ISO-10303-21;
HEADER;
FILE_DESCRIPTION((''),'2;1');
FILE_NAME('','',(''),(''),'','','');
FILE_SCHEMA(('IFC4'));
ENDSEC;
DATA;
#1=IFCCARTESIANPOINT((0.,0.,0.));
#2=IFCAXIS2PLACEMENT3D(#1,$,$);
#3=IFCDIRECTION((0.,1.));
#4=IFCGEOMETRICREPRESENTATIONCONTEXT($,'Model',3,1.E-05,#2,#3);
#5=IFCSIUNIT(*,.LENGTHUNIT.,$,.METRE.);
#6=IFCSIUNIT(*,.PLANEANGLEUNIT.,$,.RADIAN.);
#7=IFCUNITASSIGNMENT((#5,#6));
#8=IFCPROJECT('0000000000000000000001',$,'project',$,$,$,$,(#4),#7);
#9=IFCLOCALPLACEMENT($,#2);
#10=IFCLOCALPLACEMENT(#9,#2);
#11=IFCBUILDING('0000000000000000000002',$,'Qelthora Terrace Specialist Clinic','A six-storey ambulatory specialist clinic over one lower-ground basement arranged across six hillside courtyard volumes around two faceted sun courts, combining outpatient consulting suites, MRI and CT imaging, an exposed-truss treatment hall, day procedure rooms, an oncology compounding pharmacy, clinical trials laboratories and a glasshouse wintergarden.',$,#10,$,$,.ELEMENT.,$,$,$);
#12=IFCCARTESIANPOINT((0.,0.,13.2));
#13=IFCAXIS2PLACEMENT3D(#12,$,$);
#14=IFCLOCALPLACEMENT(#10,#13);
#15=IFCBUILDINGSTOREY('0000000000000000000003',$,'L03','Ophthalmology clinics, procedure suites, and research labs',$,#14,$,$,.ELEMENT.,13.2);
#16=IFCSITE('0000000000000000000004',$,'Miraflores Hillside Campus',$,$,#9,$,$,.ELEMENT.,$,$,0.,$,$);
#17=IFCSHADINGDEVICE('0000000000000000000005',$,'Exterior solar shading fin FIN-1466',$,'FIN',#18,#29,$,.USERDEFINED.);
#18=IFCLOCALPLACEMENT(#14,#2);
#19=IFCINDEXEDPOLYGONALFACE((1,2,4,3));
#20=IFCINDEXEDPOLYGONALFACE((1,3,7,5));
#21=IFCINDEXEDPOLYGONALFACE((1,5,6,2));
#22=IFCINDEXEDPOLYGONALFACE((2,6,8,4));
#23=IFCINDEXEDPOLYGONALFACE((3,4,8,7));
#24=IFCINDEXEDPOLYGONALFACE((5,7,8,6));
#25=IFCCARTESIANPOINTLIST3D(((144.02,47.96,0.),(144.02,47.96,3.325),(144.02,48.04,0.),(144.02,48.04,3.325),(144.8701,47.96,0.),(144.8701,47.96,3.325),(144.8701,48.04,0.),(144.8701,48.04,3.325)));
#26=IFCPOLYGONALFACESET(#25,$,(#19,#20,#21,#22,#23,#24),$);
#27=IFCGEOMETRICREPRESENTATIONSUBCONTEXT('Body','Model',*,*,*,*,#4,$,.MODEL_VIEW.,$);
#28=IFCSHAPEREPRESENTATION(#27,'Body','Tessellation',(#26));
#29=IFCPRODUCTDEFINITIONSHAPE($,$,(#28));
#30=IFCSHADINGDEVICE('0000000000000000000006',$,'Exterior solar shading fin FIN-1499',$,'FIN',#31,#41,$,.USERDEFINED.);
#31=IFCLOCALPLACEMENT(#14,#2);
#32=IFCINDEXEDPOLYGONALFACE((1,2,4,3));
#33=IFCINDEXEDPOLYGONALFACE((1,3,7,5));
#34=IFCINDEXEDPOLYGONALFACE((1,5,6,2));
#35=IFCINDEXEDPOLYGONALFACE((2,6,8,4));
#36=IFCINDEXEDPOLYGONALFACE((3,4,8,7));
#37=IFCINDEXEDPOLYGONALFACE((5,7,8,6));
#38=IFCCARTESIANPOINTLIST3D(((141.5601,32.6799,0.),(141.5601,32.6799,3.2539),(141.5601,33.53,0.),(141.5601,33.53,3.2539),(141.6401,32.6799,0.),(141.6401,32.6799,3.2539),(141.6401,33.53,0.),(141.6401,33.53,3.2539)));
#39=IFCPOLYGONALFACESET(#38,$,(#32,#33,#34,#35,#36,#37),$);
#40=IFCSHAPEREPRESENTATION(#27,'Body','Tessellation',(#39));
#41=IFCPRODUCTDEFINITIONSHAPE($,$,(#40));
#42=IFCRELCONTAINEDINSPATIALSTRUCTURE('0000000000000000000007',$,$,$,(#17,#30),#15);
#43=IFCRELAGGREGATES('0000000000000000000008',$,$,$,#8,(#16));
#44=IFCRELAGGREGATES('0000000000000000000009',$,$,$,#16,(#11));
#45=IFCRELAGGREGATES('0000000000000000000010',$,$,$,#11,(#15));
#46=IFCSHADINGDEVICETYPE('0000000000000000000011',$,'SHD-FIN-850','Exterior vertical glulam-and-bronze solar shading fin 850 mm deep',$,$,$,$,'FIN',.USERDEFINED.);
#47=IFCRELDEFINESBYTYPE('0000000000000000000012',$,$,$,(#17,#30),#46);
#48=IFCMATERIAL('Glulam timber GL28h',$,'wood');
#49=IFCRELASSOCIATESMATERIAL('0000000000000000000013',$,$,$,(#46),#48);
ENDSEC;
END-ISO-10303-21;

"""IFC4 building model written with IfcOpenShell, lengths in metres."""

from ifc_helpers import new_model, si_unit, direction, frame, origin, origin_2d, place, context, subcontext, project, spatial, rectangle, extrude, material, type_object, element, save


model = new_model("IFC4")

# Units and contexts
model_context = context("Model", 3, precision=1e-05, world=origin(), true_north=direction((0.0, 1.0)))
body_context = subcontext(model_context, "Body", "Model", "MODEL_VIEW")
ifc_project = project(units=[si_unit("LENGTHUNIT", "METRE"), si_unit("PLANEANGLEUNIT", "RADIAN")], contexts=[model_context])

# Site, building, storey
site_placement = place(None, origin())
site = spatial("IfcSite", under=ifc_project, at=site_placement, Name="Miraflores Hillside Campus", CompositionType="ELEMENT", RefElevation=0.0)
building_placement = place(site_placement, origin())
building = spatial("IfcBuilding", under=site, at=building_placement, Name="Qelthora Terrace Specialist Clinic", Description="A six-storey ambulatory specialist clinic over one lower-ground basement arranged across six hillside courtyard volumes around two faceted sun courts, combining outpatient consulting suites, MRI and CT imaging, an exposed-truss treatment hall, day procedure rooms, an oncology compounding pharmacy, clinical trials laboratories and a glasshouse wintergarden.", CompositionType="ELEMENT")
storey_placement = place(building_placement, frame((0.0, 0.0, 13.2)))
storey = spatial("IfcBuildingStorey", under=building, at=storey_placement, Name="L03", Description="Ophthalmology clinics, procedure suites, and research labs", CompositionType="ELEMENT", Elevation=13.2)

# Shading devices
ifc_material_1 = material(Name="Glulam timber GL28h", Category="wood")
shading_device_type = type_object("IfcShadingDeviceType", Name="SHD-FIN-850", Description="Exterior vertical glulam-and-bronze solar shading fin 850 mm deep", ElementType="FIN", PredefinedType="USERDEFINED", material=ifc_material_1)
for number, where, z_axis, x_axis, name in (
    (1, (144.4451, 48.0, 0.0), (0.0, 0.0, 1.0), (1.0, 0.0, 0.0), "Exterior solar shading fin FIN-1466"),
):
    element("IfcShadingDevice", number, at=place(storey_placement, frame(where, z_axis=z_axis, x_axis=x_axis)), inside=storey, type_object=shading_device_type, Name=name, ObjectType="FIN", PredefinedType="USERDEFINED", context=body_context, shape_type="SweptSolid", body=[
        extrude(rectangle(XDim=0.8501, YDim=0.0801, at=origin_2d()), origin(), (0.0, 0.0, 1.0), 3.325),
    ])
shading_device_placement = place(storey_placement, frame((141.6001, 33.105, 0.0), z_axis=(0.0, 0.0, 1.0), x_axis=(0.0, -1.0, 0.0)))
element("IfcShadingDevice", 2, at=shading_device_placement, inside=storey, type_object=shading_device_type, Name="Exterior solar shading fin FIN-1499", ObjectType="FIN", PredefinedType="USERDEFINED", context=body_context, shape_type="SweptSolid", body=[
    extrude(rectangle(XDim=0.8501, YDim=0.0801, at=origin_2d()), origin(), (0.0, 0.0, 1.0), 3.2539),
])

save(model, "model.ifc")
